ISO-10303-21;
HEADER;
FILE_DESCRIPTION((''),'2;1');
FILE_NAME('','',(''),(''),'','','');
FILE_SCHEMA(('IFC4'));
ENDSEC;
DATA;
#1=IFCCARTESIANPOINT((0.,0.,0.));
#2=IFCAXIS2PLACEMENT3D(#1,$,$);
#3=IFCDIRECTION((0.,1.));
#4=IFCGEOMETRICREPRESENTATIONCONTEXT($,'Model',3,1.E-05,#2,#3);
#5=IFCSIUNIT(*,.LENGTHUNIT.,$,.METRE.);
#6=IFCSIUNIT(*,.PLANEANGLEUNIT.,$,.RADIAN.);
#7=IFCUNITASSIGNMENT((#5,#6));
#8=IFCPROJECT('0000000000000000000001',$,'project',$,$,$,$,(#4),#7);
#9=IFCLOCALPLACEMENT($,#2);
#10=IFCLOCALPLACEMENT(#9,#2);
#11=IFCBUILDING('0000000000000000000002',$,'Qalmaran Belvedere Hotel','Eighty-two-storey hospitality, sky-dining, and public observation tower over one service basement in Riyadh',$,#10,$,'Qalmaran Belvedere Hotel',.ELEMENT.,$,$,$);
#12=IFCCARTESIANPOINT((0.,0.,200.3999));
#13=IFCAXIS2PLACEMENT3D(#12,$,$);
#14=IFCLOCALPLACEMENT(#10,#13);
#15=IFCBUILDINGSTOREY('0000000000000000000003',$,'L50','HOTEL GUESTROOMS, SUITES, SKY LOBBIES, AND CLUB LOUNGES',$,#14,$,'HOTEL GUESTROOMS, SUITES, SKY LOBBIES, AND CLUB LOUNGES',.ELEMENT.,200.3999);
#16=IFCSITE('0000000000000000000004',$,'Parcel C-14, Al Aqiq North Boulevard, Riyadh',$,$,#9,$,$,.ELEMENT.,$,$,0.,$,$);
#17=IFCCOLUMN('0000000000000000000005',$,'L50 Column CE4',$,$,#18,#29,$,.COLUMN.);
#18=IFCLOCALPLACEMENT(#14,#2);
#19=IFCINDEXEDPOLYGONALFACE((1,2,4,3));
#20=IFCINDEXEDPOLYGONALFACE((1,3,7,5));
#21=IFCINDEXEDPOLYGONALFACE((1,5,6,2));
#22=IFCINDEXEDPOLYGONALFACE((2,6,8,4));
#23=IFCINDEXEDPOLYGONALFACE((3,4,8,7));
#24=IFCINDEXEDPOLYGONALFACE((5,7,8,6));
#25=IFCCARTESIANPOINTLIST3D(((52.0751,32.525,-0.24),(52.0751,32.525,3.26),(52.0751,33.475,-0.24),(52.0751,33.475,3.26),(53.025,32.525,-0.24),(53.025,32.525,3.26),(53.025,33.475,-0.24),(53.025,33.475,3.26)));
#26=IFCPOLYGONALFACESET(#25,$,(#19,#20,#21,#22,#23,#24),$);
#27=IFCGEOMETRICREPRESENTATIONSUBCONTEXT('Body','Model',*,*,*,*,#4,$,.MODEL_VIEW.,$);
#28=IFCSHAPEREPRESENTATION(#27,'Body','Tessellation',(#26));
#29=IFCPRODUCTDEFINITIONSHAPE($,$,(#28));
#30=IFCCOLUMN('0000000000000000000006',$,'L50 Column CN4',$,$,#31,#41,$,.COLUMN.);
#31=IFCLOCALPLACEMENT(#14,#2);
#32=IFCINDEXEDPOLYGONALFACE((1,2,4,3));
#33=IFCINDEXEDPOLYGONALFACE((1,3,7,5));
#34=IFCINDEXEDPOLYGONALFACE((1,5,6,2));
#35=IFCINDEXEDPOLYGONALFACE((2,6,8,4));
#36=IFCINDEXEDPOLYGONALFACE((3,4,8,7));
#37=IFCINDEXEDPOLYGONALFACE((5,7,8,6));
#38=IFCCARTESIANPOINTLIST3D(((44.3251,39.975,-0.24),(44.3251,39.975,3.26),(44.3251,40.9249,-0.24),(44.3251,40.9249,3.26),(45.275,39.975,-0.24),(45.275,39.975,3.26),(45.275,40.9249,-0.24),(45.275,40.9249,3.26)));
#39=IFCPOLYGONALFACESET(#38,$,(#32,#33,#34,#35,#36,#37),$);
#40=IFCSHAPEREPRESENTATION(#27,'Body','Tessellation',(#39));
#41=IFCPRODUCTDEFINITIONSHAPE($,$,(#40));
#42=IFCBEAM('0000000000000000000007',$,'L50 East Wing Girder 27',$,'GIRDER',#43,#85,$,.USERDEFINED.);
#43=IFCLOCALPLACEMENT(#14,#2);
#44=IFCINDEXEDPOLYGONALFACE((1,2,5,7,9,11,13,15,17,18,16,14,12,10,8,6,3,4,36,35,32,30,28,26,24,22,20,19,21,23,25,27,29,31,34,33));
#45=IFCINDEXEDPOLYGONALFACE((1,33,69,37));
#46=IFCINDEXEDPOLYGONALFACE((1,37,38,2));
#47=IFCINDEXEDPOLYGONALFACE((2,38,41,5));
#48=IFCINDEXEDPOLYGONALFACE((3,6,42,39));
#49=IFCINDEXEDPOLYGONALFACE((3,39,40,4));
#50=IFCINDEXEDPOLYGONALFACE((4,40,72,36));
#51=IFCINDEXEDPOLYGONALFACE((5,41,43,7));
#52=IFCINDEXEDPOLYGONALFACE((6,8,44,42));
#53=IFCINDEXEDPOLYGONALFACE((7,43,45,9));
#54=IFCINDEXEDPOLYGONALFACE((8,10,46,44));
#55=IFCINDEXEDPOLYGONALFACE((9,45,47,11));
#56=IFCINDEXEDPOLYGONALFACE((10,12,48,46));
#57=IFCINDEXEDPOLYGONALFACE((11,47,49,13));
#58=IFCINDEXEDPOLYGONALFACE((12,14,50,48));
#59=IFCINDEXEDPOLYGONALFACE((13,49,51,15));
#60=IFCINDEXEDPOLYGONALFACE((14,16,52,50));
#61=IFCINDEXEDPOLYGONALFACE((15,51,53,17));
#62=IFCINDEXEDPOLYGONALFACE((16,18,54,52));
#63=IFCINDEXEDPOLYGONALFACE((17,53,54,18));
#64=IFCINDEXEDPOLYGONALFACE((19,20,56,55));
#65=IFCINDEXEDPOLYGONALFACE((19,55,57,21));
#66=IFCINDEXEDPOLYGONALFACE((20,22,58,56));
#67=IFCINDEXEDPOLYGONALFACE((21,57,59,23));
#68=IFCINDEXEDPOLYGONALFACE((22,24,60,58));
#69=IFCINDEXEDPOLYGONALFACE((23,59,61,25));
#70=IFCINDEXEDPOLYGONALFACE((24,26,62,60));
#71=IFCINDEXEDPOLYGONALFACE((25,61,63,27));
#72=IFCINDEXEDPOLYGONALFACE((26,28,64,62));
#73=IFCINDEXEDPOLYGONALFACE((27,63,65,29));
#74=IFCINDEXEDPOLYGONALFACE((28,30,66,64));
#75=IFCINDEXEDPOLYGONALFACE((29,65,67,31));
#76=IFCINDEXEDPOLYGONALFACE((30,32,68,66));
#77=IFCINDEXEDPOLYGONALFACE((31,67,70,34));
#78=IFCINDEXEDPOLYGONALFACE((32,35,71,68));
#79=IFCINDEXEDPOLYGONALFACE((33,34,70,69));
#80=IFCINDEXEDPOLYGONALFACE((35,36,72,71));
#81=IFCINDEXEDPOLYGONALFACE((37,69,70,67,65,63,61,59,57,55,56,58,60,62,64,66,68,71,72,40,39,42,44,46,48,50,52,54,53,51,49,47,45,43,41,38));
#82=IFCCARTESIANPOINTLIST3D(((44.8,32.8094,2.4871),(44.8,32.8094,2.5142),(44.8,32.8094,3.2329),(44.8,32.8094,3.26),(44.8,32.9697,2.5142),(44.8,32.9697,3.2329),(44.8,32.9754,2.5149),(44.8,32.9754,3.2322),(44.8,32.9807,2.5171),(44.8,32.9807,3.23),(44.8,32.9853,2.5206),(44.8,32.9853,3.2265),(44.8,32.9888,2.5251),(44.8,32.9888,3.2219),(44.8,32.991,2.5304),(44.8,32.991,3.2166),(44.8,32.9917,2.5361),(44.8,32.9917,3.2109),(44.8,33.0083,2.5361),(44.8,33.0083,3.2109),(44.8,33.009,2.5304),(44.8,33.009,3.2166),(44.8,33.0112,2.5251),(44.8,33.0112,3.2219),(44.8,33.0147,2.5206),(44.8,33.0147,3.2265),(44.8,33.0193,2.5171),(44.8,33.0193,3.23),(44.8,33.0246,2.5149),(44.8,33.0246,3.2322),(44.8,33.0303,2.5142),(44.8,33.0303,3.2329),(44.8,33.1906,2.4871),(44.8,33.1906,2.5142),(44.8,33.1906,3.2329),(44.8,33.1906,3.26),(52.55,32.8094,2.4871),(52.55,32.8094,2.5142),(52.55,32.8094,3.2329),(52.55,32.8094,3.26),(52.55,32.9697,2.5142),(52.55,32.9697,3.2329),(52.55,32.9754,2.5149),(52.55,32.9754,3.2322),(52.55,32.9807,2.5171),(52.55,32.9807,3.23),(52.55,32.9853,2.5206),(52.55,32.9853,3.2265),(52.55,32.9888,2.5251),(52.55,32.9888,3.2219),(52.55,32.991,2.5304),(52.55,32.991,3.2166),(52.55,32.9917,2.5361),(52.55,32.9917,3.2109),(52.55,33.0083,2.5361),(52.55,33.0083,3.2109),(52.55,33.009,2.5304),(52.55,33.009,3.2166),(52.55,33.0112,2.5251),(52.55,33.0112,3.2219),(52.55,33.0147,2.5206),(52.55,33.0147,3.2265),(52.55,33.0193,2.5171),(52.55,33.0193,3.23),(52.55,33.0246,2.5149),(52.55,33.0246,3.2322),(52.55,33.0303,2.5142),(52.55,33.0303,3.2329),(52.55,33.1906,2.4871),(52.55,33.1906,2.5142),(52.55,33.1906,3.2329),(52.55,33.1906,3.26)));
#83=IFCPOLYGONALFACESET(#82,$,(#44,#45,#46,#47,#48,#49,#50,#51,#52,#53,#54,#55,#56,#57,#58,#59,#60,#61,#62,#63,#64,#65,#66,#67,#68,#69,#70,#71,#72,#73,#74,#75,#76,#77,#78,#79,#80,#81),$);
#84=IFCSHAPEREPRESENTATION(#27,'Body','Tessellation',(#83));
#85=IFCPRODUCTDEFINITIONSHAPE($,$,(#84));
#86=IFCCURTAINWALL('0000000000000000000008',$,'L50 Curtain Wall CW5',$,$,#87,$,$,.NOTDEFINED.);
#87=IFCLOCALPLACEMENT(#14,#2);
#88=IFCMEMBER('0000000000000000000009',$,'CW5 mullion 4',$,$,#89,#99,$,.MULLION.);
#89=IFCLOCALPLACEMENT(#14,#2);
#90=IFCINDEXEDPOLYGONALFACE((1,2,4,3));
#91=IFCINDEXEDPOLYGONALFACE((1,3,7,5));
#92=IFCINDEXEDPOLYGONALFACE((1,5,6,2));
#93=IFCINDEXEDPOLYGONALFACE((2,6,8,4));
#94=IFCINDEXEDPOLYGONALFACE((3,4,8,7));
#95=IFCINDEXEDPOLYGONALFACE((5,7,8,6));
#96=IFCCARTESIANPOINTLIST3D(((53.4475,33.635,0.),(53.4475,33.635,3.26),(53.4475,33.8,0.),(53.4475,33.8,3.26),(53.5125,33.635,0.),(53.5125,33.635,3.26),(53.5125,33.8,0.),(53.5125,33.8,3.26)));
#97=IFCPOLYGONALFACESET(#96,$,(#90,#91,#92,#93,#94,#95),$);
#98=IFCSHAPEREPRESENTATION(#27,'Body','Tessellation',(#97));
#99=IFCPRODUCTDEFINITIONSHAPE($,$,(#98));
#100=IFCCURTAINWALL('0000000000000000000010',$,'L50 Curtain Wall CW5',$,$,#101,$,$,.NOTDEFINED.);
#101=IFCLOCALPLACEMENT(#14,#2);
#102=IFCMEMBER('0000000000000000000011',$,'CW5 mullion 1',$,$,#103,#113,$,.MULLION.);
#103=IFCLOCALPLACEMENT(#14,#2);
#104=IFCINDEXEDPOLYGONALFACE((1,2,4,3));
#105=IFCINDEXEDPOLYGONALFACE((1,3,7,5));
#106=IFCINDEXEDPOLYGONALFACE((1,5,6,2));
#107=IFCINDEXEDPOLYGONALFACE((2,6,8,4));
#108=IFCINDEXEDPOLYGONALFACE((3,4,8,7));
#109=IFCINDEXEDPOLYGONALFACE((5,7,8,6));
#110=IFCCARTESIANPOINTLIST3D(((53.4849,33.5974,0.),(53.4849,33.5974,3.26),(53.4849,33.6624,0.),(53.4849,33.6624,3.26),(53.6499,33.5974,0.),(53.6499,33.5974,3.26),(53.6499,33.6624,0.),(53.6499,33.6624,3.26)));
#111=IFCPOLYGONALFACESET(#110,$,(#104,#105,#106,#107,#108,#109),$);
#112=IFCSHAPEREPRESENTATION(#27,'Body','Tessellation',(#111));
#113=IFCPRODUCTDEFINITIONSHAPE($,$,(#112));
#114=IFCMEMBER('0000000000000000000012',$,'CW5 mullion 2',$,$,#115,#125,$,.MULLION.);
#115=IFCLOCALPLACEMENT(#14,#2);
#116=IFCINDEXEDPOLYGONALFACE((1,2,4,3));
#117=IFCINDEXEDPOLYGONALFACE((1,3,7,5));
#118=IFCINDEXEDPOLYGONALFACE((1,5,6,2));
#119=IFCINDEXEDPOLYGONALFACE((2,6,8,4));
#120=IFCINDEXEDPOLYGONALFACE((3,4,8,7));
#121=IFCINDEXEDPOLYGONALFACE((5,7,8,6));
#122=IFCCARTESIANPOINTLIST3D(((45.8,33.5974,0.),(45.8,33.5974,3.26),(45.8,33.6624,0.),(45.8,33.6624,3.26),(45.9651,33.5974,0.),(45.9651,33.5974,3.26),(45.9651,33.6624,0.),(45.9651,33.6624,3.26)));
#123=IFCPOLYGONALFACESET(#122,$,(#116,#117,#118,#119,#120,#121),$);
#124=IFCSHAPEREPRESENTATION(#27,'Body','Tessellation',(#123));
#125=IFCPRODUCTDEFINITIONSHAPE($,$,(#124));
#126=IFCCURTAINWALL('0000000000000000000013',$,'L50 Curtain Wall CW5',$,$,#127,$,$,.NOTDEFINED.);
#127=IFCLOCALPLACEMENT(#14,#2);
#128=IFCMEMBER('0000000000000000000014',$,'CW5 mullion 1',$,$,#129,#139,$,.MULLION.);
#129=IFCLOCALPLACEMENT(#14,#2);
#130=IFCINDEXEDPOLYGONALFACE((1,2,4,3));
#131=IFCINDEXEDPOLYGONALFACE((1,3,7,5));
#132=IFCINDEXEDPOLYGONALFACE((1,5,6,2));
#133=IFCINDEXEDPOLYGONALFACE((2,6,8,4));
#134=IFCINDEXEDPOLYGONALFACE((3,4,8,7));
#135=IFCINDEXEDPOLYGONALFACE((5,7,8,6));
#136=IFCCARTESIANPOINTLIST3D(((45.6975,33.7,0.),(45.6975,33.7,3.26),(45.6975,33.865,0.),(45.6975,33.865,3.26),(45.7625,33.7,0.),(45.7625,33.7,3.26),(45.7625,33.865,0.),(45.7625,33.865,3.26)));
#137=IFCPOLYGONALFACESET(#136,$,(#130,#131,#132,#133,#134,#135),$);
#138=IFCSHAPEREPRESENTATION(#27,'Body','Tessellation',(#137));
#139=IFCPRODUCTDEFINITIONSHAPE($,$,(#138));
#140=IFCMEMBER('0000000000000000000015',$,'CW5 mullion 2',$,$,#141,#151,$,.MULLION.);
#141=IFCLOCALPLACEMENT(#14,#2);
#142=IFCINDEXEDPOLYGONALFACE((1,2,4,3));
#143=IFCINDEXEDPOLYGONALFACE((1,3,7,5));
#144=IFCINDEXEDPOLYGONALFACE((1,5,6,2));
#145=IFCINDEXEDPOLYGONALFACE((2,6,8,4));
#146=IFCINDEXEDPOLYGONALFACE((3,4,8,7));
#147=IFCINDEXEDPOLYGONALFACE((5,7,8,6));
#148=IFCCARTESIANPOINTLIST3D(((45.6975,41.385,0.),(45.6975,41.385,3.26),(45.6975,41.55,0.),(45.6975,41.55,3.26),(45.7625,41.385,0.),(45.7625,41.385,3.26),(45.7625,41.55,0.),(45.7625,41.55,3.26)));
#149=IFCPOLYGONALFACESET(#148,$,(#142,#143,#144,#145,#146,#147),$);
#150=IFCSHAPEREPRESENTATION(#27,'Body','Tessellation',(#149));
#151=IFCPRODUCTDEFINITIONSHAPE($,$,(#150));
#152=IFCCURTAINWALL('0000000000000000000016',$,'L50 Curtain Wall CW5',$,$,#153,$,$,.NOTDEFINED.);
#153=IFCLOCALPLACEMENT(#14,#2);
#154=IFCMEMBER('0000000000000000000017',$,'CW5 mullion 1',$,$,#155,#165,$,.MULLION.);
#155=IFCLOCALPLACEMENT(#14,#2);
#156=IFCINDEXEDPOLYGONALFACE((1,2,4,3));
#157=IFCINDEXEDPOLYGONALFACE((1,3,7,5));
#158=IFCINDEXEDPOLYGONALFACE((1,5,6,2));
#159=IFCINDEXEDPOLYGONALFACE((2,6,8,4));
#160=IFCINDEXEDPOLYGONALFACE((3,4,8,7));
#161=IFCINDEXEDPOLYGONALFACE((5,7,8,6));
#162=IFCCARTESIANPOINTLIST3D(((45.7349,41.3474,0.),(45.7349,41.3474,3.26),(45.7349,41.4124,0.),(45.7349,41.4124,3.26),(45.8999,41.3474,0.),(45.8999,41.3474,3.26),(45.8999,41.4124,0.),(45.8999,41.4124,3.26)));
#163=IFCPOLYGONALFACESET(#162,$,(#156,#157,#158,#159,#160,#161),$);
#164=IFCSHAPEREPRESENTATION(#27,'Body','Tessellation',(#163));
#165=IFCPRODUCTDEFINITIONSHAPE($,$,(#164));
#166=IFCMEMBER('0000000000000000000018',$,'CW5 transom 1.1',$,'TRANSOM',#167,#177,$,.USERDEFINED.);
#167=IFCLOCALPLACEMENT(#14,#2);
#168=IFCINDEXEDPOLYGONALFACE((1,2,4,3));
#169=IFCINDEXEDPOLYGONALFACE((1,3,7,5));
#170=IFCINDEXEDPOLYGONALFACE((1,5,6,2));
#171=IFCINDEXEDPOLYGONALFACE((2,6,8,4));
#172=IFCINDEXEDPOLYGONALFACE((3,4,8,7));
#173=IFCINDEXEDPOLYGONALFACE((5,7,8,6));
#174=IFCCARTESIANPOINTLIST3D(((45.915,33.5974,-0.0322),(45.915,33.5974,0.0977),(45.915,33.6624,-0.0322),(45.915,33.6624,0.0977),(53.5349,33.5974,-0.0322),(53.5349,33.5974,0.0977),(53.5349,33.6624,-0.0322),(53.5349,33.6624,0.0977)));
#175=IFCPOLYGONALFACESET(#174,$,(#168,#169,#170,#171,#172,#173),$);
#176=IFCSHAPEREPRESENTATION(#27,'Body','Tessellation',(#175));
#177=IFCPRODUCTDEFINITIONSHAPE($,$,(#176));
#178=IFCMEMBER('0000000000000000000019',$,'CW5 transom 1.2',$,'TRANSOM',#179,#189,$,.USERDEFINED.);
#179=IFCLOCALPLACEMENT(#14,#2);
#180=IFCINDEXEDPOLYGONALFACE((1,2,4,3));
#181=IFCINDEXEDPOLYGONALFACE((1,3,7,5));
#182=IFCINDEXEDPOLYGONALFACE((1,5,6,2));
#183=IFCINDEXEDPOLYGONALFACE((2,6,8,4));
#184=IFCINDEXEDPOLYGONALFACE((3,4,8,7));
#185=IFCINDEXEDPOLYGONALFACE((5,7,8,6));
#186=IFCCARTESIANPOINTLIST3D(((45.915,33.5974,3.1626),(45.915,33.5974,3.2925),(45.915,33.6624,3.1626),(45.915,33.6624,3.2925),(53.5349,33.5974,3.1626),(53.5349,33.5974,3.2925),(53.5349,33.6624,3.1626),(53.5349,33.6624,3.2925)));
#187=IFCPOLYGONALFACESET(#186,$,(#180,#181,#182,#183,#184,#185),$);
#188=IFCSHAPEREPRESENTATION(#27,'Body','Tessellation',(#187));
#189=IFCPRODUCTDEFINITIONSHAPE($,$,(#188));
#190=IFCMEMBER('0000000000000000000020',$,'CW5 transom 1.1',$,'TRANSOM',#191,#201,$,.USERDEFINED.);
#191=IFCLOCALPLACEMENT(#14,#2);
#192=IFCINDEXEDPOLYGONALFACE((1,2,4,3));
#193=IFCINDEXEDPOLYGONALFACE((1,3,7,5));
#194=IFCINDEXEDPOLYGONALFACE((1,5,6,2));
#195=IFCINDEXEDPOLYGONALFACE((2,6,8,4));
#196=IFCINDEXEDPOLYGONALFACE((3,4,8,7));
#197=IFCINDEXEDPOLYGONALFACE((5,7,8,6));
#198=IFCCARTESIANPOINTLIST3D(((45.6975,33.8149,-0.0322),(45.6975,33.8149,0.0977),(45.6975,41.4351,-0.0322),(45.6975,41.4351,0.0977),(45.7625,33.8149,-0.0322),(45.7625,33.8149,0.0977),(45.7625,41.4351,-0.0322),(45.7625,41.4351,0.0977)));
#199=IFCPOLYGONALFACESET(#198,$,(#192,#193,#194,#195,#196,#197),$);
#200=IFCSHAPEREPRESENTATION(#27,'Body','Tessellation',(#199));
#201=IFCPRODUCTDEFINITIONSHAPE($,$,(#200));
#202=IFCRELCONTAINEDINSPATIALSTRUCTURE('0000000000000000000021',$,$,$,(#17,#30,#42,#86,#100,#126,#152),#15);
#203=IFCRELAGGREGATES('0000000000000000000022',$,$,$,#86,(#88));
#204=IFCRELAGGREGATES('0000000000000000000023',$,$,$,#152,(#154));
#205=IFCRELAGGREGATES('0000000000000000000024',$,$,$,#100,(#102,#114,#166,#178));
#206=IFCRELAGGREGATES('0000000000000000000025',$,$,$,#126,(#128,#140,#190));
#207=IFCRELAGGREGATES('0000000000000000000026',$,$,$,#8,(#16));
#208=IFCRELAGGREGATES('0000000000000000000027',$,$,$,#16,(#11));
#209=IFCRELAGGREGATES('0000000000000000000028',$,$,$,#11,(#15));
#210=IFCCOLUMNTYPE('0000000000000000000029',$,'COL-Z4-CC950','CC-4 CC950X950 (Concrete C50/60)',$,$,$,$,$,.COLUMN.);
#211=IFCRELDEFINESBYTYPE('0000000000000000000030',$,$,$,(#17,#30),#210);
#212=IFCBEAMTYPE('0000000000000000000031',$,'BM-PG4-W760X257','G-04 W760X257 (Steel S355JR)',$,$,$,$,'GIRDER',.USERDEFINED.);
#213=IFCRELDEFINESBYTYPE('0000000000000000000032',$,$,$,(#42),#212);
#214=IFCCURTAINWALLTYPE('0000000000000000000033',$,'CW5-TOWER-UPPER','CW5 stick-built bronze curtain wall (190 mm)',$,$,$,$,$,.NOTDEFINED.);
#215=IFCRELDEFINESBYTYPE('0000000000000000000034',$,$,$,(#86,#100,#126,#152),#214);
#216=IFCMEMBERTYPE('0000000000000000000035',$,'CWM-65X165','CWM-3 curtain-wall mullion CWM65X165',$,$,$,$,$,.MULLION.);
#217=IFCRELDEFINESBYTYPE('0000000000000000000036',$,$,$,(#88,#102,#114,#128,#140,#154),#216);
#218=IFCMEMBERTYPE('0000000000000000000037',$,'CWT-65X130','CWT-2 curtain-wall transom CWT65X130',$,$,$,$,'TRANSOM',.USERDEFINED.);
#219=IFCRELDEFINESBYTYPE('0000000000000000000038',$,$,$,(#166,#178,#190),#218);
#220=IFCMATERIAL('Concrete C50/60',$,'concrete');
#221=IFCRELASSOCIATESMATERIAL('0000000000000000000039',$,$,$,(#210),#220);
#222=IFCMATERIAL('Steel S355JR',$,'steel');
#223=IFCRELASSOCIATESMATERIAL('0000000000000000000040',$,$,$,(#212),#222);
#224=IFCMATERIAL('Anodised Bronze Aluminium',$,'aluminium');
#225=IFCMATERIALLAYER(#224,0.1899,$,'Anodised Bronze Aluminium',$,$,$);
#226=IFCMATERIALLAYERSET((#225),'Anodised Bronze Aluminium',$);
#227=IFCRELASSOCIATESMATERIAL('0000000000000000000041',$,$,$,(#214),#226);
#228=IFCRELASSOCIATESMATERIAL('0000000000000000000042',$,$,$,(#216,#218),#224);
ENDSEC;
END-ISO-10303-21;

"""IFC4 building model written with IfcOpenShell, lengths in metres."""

from ifc_helpers import new_model, si_unit, direction, frame, origin, origin_2d, place, context, subcontext, project, spatial, rectangle, i_section, extrude, material, layer, layer_set, material_profile, profile_set, type_object, element, aggregate, save


model = new_model("IFC4")

# Units and contexts
model_context = context("Model", 3, precision=1e-05, world=origin(), true_north=direction((0.0, 1.0)))
body_context = subcontext(model_context, "Body", "Model", "MODEL_VIEW")
ifc_project = project(units=[si_unit("LENGTHUNIT", "METRE"), si_unit("PLANEANGLEUNIT", "RADIAN")], contexts=[model_context])

# Site, building, storey
site_placement = place(None, origin())
site = spatial("IfcSite", under=ifc_project, at=site_placement, Name="Parcel C-14, Al Aqiq North Boulevard, Riyadh", CompositionType="ELEMENT", RefElevation=0.0)
building_placement = place(site_placement, origin())
building = spatial("IfcBuilding", under=site, at=building_placement, Name="Qalmaran Belvedere Hotel", Description="Eighty-two-storey hospitality, sky-dining, and public observation tower over one service basement in Riyadh", LongName="Qalmaran Belvedere Hotel", CompositionType="ELEMENT")
storey_placement = place(building_placement, frame((0.0, 0.0, 200.3999)))
storey = spatial("IfcBuildingStorey", under=building, at=storey_placement, Name="L50", Description="HOTEL GUESTROOMS, SUITES, SKY LOBBIES, AND CLUB LOUNGES", LongName="HOTEL GUESTROOMS, SUITES, SKY LOBBIES, AND CLUB LOUNGES", CompositionType="ELEMENT", Elevation=200.3999)

# Columns
ifc_material_1 = material(Name="Concrete C50/60", Category="concrete")
ifc_material_profile_1 = material_profile(ifc_material_1, rectangle(XDim=0.95, YDim=0.95, at=origin_2d()), Name="CC950X950")
ifc_profile_set_1 = profile_set([ifc_material_profile_1], Name="Concrete C50/60")
column_type = type_object("IfcColumnType", Name="COL-Z4-CC950", Description="CC-4 CC950X950 (Concrete C50/60)", PredefinedType="COLUMN", material=ifc_profile_set_1)
for number, where, z_axis, x_axis, name in (
    (1, (52.55, 33.0, -0.24), (0.0, 0.0, 1.0), (1.0, 0.0, 0.0), "L50 Column CE4"),
    (2, (44.8, 40.45, -0.24), (0.0, 0.0, 1.0), (1.0, 0.0, 0.0), "L50 Column CN4"),
):
    element("IfcColumn", number, at=place(storey_placement, frame(where, z_axis=z_axis, x_axis=x_axis)), inside=storey, type_object=column_type, Name=name, PredefinedType="COLUMN", context=body_context, shape_type="SweptSolid", body=[
        extrude(rectangle(XDim=0.95, YDim=0.95, at=origin_2d()), origin(), (0.0, 0.0, 1.0), 3.5),
    ])

# Beam
ifc_material_2 = material(Name="Steel S355JR", Category="steel")
ifc_material_profile_2 = material_profile(ifc_material_2, i_section(OverallWidth=0.3811, OverallDepth=0.7729, WebThickness=0.0166, FlangeThickness=0.0271, FilletRadius=0.022, at=origin_2d()), Name="W760X257")
ifc_profile_set_2 = profile_set([ifc_material_profile_2], Name="Steel S355JR")
beam_type = type_object("IfcBeamType", Name="BM-PG4-W760X257", Description="G-04 W760X257 (Steel S355JR)", ElementType="GIRDER", PredefinedType="USERDEFINED", material=ifc_profile_set_2)
beam_placement = place(storey_placement, frame((44.8, 33.0, 2.8735), z_axis=(1.0, 0.0, 0.0), x_axis=(0.0, 1.0, 0.0)))
element("IfcBeam", 3, at=beam_placement, inside=storey, type_object=beam_type, Name="L50 East Wing Girder 27", ObjectType="GIRDER", PredefinedType="USERDEFINED", context=body_context, shape_type="SweptSolid", body=[
    extrude(i_section(OverallWidth=0.3811, OverallDepth=0.7729, WebThickness=0.0166, FlangeThickness=0.0271, FilletRadius=0.022, at=origin_2d()), origin(), (0.0, 0.0, 1.0), 7.75),
])

# Curtain wall, member
ifc_material_3 = material(Name="Anodised Bronze Aluminium", Category="aluminium")
ifc_layer_1 = layer(ifc_material_3, 0.1899, Name="Anodised Bronze Aluminium")
ifc_layer_set_1 = layer_set([ifc_layer_1], Name="Anodised Bronze Aluminium")
curtain_wall_type = type_object("IfcCurtainWallType", Name="CW5-TOWER-UPPER", Description="CW5 stick-built bronze curtain wall (190 mm)", PredefinedType="NOTDEFINED", material=ifc_layer_set_1)
curtain_wall_1_placement = place(storey_placement, origin())
curtain_wall_1 = element("IfcCurtainWall", 4, at=curtain_wall_1_placement, inside=storey, type_object=curtain_wall_type, Name="L50 Curtain Wall CW5", PredefinedType="NOTDEFINED")
ifc_material_profile_3 = material_profile(ifc_material_3, rectangle(XDim=0.0649, YDim=0.165, at=origin_2d()), Name="CWM65X165")
ifc_profile_set_3 = profile_set([ifc_material_profile_3], Name="Anodised Bronze Aluminium")
member_type_1 = type_object("IfcMemberType", Name="CWM-65X165", Description="CWM-3 curtain-wall mullion CWM65X165", PredefinedType="MULLION", material=ifc_profile_set_3)
member_1_placement = place(storey_placement, frame((53.48, 33.7175, 0.0), z_axis=(0.0, 0.0, 1.0), x_axis=(-1.0, 0.0, 0.0)))
member_1 = element("IfcMember", 5, at=member_1_placement, type_object=member_type_1, Name="CW5 mullion 4", PredefinedType="MULLION", context=body_context, shape_type="SweptSolid", body=[
    extrude(rectangle(XDim=0.0649, YDim=0.165, at=origin_2d()), origin(), (0.0, 0.0, 1.0), 3.26),
])
aggregate(curtain_wall_1, [member_1])

# Curtain walls, members
curtain_wall_2_placement = place(storey_placement, origin())
curtain_wall_2 = element("IfcCurtainWall", 6, at=curtain_wall_2_placement, inside=storey, type_object=curtain_wall_type, Name="L50 Curtain Wall CW5", PredefinedType="NOTDEFINED")
member_2_placement = place(storey_placement, frame((53.5674, 33.6299, 0.0), z_axis=(0.0, 0.0, 1.0), x_axis=(0.0, -1.0, 0.0)))
member_2 = element("IfcMember", 7, at=member_2_placement, type_object=member_type_1, Name="CW5 mullion 1", PredefinedType="MULLION", context=body_context, shape_type="SweptSolid", body=[
    extrude(rectangle(XDim=0.0649, YDim=0.165, at=origin_2d()), origin(), (0.0, 0.0, 1.0), 3.26),
])
member_3_placement = place(storey_placement, frame((45.8826, 33.6299, 0.0), z_axis=(0.0, 0.0, 1.0), x_axis=(0.0, -1.0, 0.0)))
member_3 = element("IfcMember", 8, at=member_3_placement, type_object=member_type_1, Name="CW5 mullion 2", PredefinedType="MULLION", context=body_context, shape_type="SweptSolid", body=[
    extrude(rectangle(XDim=0.0649, YDim=0.165, at=origin_2d()), origin(), (0.0, 0.0, 1.0), 3.26),
])
curtain_wall_3_placement = place(storey_placement, origin())
curtain_wall_3 = element("IfcCurtainWall", 9, at=curtain_wall_3_placement, inside=storey, type_object=curtain_wall_type, Name="L50 Curtain Wall CW5", PredefinedType="NOTDEFINED")
member_4_placement = place(storey_placement, frame((45.73, 33.7825, 0.0), z_axis=(0.0, 0.0, 1.0), x_axis=(-1.0, 0.0, 0.0)))
member_4 = element("IfcMember", 10, at=member_4_placement, type_object=member_type_1, Name="CW5 mullion 1", PredefinedType="MULLION", context=body_context, shape_type="SweptSolid", body=[
    extrude(rectangle(XDim=0.0649, YDim=0.165, at=origin_2d()), origin(), (0.0, 0.0, 1.0), 3.26),
])
member_5_placement = place(storey_placement, frame((45.73, 41.4675, 0.0), z_axis=(0.0, 0.0, 1.0), x_axis=(-1.0, 0.0, 0.0)))
member_5 = element("IfcMember", 11, at=member_5_placement, type_object=member_type_1, Name="CW5 mullion 2", PredefinedType="MULLION", context=body_context, shape_type="SweptSolid", body=[
    extrude(rectangle(XDim=0.0649, YDim=0.165, at=origin_2d()), origin(), (0.0, 0.0, 1.0), 3.26),
])

# Curtain wall, member
curtain_wall_4_placement = place(storey_placement, origin())
curtain_wall_4 = element("IfcCurtainWall", 12, at=curtain_wall_4_placement, inside=storey, type_object=curtain_wall_type, Name="L50 Curtain Wall CW5", PredefinedType="NOTDEFINED")
member_6_placement = place(storey_placement, frame((45.8174, 41.3799, 0.0), z_axis=(0.0, 0.0, 1.0), x_axis=(0.0, -1.0, 0.0)))
member_6 = element("IfcMember", 13, at=member_6_placement, type_object=member_type_1, Name="CW5 mullion 1", PredefinedType="MULLION", context=body_context, shape_type="SweptSolid", body=[
    extrude(rectangle(XDim=0.0649, YDim=0.165, at=origin_2d()), origin(), (0.0, 0.0, 1.0), 3.26),
])

# Members
ifc_material_profile_4 = material_profile(ifc_material_3, rectangle(XDim=0.0649, YDim=0.1299, at=origin_2d()), Name="CWT65X130")
ifc_profile_set_4 = profile_set([ifc_material_profile_4], Name="Anodised Bronze Aluminium")
member_type_2 = type_object("IfcMemberType", Name="CWT-65X130", Description="CWT-2 curtain-wall transom CWT65X130", ElementType="TRANSOM", PredefinedType="USERDEFINED", material=ifc_profile_set_4)
member_7_placement = place(storey_placement, frame((53.5349, 33.6299, 0.0327), z_axis=(-1.0, 0.0, 0.0), x_axis=(0.0, -1.0, 0.0)))
member_7 = element("IfcMember", 14, at=member_7_placement, type_object=member_type_2, Name="CW5 transom 1.1", ObjectType="TRANSOM", PredefinedType="USERDEFINED", context=body_context, shape_type="SweptSolid", body=[
    extrude(rectangle(XDim=0.0649, YDim=0.1299, at=origin_2d()), origin(), (0.0, 0.0, 1.0), 7.6199),
])
member_8_placement = place(storey_placement, frame((53.5349, 33.6299, 3.2275), z_axis=(-1.0, 0.0, 0.0), x_axis=(0.0, -1.0, 0.0)))
member_8 = element("IfcMember", 15, at=member_8_placement, type_object=member_type_2, Name="CW5 transom 1.2", ObjectType="TRANSOM", PredefinedType="USERDEFINED", context=body_context, shape_type="SweptSolid", body=[
    extrude(rectangle(XDim=0.0649, YDim=0.1299, at=origin_2d()), origin(), (0.0, 0.0, 1.0), 7.6199),
])
member_9_placement = place(storey_placement, frame((45.73, 33.8149, 0.0327), z_axis=(0.0, 1.0, 0.0), x_axis=(-1.0, 0.0, 0.0)))
member_9 = element("IfcMember", 16, at=member_9_placement, type_object=member_type_2, Name="CW5 transom 1.1", ObjectType="TRANSOM", PredefinedType="USERDEFINED", context=body_context, shape_type="SweptSolid", body=[
    extrude(rectangle(XDim=0.0649, YDim=0.1299, at=origin_2d()), origin(), (0.0, 0.0, 1.0), 7.6201),
])
aggregate(curtain_wall_4, [member_6])

aggregate(curtain_wall_2, [member_2, member_3, member_7, member_8])
aggregate(curtain_wall_3, [member_4, member_5, member_9])

save(model, "model.ifc")
